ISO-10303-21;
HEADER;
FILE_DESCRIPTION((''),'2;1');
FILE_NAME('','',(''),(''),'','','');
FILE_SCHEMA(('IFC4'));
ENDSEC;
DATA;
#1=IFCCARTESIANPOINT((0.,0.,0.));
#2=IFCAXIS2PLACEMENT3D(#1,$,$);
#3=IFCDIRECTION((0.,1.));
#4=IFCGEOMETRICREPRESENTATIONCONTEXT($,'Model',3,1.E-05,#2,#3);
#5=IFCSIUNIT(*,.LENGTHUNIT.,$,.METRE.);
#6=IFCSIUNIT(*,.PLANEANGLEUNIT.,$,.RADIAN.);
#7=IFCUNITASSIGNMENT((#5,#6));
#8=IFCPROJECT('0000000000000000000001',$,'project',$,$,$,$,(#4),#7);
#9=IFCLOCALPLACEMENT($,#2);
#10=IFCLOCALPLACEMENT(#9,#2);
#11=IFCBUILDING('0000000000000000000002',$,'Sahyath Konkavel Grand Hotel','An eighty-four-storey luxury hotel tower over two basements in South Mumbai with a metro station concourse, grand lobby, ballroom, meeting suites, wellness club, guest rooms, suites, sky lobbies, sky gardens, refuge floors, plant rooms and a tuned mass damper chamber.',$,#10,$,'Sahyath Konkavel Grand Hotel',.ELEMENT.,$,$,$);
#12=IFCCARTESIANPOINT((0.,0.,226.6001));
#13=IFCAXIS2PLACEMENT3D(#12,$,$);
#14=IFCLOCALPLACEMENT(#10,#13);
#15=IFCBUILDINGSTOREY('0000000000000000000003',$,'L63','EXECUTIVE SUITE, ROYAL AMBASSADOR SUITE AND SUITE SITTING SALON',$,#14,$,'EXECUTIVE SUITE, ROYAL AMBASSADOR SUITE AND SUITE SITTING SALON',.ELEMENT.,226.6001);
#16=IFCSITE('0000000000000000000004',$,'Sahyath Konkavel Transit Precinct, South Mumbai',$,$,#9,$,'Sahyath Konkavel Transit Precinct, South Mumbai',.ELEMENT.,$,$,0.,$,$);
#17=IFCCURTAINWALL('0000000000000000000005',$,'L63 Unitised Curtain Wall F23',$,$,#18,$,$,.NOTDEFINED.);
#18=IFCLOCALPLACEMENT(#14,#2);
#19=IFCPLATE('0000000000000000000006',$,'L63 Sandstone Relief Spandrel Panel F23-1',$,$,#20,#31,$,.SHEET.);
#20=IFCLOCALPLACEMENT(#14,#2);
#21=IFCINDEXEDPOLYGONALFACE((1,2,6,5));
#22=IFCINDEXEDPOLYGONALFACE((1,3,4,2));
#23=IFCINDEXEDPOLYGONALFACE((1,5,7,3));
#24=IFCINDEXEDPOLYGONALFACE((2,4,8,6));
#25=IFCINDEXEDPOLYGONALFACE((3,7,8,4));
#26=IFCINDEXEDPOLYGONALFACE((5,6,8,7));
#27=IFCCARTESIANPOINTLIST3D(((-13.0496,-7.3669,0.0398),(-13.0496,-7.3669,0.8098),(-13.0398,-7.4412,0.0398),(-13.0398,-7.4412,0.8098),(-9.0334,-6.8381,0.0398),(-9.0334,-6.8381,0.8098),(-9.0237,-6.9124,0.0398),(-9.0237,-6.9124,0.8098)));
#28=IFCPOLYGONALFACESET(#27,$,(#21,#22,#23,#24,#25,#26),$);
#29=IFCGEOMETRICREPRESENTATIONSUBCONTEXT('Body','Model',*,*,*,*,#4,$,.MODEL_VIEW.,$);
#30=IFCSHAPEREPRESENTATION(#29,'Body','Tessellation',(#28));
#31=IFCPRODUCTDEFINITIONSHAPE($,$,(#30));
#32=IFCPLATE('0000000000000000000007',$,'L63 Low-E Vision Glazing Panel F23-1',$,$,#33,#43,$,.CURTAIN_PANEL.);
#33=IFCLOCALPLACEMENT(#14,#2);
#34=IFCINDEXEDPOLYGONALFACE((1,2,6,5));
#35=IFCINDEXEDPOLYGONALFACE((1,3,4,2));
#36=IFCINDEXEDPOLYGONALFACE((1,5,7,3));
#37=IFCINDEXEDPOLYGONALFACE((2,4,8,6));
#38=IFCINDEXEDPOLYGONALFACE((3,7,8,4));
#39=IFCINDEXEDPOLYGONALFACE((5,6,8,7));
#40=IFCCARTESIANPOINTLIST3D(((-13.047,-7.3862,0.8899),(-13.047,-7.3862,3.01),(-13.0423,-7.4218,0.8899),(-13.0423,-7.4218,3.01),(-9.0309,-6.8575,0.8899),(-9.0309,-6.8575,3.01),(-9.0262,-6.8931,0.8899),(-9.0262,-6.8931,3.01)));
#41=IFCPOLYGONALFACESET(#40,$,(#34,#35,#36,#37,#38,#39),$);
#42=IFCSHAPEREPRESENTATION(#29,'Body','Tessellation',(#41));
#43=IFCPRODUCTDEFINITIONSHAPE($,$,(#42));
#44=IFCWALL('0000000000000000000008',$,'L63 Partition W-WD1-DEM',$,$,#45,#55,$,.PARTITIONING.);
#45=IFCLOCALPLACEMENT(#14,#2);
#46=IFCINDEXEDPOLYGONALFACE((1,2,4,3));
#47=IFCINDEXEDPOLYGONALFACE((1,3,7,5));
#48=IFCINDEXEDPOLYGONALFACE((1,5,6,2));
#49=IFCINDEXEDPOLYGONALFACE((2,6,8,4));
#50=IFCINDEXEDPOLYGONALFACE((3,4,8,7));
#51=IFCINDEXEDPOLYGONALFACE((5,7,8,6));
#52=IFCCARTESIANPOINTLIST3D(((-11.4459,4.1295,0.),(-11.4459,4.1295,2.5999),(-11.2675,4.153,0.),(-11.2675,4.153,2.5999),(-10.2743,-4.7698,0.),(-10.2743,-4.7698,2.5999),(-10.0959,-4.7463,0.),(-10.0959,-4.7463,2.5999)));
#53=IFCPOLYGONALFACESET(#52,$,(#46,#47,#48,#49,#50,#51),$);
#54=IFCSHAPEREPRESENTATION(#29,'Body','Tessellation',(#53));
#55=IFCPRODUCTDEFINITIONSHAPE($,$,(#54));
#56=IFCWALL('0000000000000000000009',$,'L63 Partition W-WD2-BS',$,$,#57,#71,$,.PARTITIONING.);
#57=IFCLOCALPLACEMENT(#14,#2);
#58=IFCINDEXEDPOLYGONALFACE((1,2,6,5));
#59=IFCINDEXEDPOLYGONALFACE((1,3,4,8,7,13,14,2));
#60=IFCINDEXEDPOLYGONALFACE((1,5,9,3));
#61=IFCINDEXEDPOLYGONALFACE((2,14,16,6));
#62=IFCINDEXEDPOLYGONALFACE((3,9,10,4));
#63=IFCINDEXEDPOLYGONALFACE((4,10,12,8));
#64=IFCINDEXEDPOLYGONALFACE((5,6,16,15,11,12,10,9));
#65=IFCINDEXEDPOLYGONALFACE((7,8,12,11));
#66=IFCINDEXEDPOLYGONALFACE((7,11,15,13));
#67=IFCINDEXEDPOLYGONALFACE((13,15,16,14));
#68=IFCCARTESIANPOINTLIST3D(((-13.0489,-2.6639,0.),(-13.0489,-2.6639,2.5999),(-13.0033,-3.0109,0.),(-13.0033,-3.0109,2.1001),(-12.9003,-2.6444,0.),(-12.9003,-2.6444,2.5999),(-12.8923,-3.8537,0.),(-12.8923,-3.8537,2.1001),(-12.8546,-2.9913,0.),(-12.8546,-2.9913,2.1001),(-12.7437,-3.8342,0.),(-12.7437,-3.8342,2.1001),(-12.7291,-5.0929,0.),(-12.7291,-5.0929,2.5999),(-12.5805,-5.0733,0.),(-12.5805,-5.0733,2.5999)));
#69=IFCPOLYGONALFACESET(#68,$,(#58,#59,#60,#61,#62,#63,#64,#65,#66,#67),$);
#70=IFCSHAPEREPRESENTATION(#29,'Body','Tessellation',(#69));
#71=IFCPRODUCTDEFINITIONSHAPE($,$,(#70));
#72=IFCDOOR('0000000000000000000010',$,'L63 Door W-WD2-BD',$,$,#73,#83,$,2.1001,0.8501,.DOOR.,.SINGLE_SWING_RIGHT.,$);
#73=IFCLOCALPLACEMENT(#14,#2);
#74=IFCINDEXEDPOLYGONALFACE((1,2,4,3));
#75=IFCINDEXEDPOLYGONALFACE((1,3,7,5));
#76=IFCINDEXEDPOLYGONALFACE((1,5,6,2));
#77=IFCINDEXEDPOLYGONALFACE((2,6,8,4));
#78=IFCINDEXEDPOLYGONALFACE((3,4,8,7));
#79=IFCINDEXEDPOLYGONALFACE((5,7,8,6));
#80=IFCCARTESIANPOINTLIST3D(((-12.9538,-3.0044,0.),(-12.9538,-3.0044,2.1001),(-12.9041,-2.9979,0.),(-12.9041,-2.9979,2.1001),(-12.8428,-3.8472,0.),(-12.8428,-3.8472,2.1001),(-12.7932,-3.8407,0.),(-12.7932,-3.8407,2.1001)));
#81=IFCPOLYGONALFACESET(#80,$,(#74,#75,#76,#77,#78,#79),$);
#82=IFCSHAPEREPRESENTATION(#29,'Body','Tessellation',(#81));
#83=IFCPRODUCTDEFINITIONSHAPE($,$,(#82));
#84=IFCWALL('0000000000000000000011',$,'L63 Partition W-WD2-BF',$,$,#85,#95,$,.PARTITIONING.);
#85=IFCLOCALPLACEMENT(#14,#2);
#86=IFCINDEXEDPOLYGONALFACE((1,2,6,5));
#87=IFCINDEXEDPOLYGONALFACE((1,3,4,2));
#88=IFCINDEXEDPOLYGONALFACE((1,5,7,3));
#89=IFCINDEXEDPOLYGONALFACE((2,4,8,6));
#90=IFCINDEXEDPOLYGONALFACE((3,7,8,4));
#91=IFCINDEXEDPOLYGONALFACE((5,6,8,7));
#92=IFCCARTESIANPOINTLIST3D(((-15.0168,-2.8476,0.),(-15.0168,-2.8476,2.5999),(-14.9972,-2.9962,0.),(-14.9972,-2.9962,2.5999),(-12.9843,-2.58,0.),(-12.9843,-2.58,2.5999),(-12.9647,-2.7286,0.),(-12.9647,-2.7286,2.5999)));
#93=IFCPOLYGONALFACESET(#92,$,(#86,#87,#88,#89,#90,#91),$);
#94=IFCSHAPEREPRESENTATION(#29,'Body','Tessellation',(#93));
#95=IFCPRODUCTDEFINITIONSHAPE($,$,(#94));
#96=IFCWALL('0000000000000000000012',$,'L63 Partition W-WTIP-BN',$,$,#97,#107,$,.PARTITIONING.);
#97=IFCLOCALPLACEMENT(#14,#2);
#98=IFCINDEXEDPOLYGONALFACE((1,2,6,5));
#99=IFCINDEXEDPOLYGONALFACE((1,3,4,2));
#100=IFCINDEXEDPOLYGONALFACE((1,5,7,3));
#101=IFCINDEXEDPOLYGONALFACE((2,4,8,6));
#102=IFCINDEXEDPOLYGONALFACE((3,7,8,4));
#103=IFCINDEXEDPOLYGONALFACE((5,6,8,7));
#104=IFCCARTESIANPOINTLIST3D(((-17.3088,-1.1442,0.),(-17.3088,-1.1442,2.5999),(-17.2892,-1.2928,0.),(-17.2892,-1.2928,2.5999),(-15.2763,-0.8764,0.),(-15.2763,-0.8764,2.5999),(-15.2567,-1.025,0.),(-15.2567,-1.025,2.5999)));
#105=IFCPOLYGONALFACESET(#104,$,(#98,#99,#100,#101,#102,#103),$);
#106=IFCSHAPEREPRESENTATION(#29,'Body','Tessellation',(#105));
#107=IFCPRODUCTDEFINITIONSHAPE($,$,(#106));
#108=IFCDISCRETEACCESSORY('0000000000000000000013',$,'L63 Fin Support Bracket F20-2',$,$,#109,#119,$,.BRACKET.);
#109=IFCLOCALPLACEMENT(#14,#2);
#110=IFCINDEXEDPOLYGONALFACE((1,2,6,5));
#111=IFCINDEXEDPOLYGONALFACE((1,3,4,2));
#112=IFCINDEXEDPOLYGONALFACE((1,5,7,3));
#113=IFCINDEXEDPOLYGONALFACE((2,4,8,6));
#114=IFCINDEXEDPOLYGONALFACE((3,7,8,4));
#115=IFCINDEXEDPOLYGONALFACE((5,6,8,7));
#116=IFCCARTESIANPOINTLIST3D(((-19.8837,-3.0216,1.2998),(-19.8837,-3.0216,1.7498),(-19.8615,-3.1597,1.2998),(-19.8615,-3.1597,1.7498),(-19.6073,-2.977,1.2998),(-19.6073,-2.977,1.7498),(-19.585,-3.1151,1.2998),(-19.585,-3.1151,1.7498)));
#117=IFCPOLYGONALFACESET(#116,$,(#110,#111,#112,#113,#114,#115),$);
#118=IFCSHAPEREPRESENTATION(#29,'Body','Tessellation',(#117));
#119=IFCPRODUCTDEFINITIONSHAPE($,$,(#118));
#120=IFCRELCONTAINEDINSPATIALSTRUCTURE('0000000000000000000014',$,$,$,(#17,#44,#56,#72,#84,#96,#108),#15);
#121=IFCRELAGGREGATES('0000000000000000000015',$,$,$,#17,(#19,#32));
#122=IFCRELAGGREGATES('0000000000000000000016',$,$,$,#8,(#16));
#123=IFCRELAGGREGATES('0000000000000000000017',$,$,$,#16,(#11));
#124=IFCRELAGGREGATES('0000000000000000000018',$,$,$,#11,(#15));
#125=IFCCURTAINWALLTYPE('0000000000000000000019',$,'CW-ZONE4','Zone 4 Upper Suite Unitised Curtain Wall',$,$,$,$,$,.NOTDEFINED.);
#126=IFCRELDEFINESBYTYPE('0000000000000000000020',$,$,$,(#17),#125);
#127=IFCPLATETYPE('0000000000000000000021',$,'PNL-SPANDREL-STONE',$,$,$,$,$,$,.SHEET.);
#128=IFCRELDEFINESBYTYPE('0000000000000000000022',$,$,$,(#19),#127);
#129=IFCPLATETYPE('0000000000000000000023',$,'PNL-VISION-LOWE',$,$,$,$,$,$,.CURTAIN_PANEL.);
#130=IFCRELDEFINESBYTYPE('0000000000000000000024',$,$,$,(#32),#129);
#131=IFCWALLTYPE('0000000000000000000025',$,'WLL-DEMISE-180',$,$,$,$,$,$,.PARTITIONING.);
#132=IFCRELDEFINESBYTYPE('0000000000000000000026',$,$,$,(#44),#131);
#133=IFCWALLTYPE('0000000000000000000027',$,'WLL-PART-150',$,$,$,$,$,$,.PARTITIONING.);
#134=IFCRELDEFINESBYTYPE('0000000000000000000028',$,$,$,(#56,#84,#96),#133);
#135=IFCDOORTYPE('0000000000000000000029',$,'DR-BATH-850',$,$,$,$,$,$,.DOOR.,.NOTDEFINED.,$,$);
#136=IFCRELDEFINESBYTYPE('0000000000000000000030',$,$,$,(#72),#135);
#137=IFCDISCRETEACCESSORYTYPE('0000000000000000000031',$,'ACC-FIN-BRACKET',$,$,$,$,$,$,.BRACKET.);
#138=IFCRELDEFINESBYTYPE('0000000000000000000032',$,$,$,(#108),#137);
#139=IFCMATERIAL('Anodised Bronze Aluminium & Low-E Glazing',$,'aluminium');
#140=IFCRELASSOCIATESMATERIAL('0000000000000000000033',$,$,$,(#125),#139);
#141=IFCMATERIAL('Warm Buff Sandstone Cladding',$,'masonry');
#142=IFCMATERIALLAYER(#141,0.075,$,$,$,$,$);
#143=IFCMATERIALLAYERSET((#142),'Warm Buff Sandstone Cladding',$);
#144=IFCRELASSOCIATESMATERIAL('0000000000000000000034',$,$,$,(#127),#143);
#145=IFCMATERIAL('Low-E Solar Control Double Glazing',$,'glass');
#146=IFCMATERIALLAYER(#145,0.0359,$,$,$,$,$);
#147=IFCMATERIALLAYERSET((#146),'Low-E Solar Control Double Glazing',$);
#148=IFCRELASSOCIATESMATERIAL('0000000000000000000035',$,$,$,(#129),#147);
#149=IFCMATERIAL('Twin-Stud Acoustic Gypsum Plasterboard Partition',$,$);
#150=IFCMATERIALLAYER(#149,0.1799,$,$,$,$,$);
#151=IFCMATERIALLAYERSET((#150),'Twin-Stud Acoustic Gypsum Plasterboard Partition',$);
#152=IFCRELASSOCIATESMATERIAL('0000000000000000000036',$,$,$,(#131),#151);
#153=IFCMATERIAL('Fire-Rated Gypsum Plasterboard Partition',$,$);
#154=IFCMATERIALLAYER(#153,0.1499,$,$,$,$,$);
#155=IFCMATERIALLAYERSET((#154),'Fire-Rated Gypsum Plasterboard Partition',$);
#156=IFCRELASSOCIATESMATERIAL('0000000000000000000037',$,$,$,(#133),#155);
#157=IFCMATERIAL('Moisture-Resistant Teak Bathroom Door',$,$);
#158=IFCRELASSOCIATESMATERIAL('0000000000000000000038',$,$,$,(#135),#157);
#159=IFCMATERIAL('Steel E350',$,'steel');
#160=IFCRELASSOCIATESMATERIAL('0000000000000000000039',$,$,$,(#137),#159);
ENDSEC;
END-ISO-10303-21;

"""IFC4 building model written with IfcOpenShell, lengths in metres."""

from ifc_helpers import new_model, si_unit, direction, frame, frame_2d, origin, origin_2d, place, context, subcontext, project, spatial, rectangle, extrude, source, transform, mapped, material, layer, layer_set, type_object, element, fill, aggregate, save


model = new_model("IFC4")

# Units and contexts
model_context = context("Model", 3, precision=1e-05, world=origin(), true_north=direction((0.0, 1.0)))
body_context = subcontext(model_context, "Body", "Model", "MODEL_VIEW")
ifc_project = project(units=[si_unit("LENGTHUNIT", "METRE"), si_unit("PLANEANGLEUNIT", "RADIAN")], contexts=[model_context])

# Site, building, storey
site_placement = place(None, origin())
site = spatial("IfcSite", under=ifc_project, at=site_placement, Name="Sahyath Konkavel Transit Precinct, South Mumbai", LongName="Sahyath Konkavel Transit Precinct, South Mumbai", CompositionType="ELEMENT", RefElevation=0.0)
building_placement = place(site_placement, origin())
building = spatial("IfcBuilding", under=site, at=building_placement, Name="Sahyath Konkavel Grand Hotel", Description="An eighty-four-storey luxury hotel tower over two basements in South Mumbai with a metro station concourse, grand lobby, ballroom, meeting suites, wellness club, guest rooms, suites, sky lobbies, sky gardens, refuge floors, plant rooms and a tuned mass damper chamber.", LongName="Sahyath Konkavel Grand Hotel", CompositionType="ELEMENT")
storey_placement = place(building_placement, frame((0.0, 0.0, 226.6001)))
storey = spatial("IfcBuildingStorey", under=building, at=storey_placement, Name="L63", Description="EXECUTIVE SUITE, ROYAL AMBASSADOR SUITE AND SUITE SITTING SALON", LongName="EXECUTIVE SUITE, ROYAL AMBASSADOR SUITE AND SUITE SITTING SALON", CompositionType="ELEMENT", Elevation=226.6001)

# Shared definitions
ifc_material_1 = material(Name="Steel E350", Category="steel")

# Shared definitions
ifc_material_2 = material(Name="Anodised Bronze Aluminium & Low-E Glazing", Category="aluminium")
curtain_wall_type = type_object("IfcCurtainWallType", Name="CW-ZONE4", Description="Zone 4 Upper Suite Unitised Curtain Wall", PredefinedType="NOTDEFINED", material=ifc_material_2)

# Curtain wall
curtain_wall_1_placement = place(storey_placement, origin())
curtain_wall_1 = element("IfcCurtainWall", 1, at=curtain_wall_1_placement, inside=storey, type_object=curtain_wall_type, Name="L63 Unitised Curtain Wall F23", PredefinedType="NOTDEFINED")

# Plates
ifc_material_3 = material(Name="Warm Buff Sandstone Cladding", Category="masonry")
ifc_layer_1 = layer(ifc_material_3, 0.075)
ifc_layer_set_1 = layer_set([ifc_layer_1], Name="Warm Buff Sandstone Cladding")
plate_type_1 = type_object("IfcPlateType", Name="PNL-SPANDREL-STONE", PredefinedType="SHEET", material=ifc_layer_set_1)
ifc_material_4 = material(Name="Low-E Solar Control Double Glazing", Category="glass")
ifc_layer_2 = layer(ifc_material_4, 0.0359)
ifc_layer_set_2 = layer_set([ifc_layer_2], Name="Low-E Solar Control Double Glazing")
plate_type_2 = type_object("IfcPlateType", Name="PNL-VISION-LOWE", PredefinedType="CURTAIN_PANEL", material=ifc_layer_set_2)
shared_shape_1 = source(origin(), body_context, "Body", "SweptSolid", [
    extrude(rectangle(XDim=4.0508, YDim=0.075, at=origin_2d()), origin(), (0.0, 0.0, 1.0), 0.77),
])
plate_1_placement = place(storey_placement, frame((-11.0366, -7.1396, 0.0398), z_axis=(0.0, 0.0, 1.0), x_axis=(0.991445, 0.130526, 0.0)))
plate_1 = element("IfcPlate", 2, at=plate_1_placement, type_object=plate_type_1, Name="L63 Sandstone Relief Spandrel Panel F23-1", PredefinedType="SHEET", context=body_context, shape_type="MappedRepresentation", body=[
    mapped(shared_shape_1, transform((0.0, 0.0, 0.0), scale=1.0)),
])
shared_shape_2 = source(origin(), body_context, "Body", "SweptSolid", [
    extrude(rectangle(XDim=4.0508, YDim=0.0359, at=origin_2d()), origin(), (0.0, 0.0, 1.0), 2.1201),
])
plate_2_placement = place(storey_placement, frame((-11.0366, -7.1396, 0.8899), z_axis=(0.0, 0.0, 1.0), x_axis=(0.991445, 0.130526, 0.0)))
plate_2 = element("IfcPlate", 3, at=plate_2_placement, type_object=plate_type_2, Name="L63 Low-E Vision Glazing Panel F23-1", PredefinedType="CURTAIN_PANEL", context=body_context, shape_type="MappedRepresentation", body=[
    mapped(shared_shape_2, transform((0.0, 0.0, 0.0), scale=1.0)),
])
aggregate(curtain_wall_1, [plate_1, plate_2])

# Wall
ifc_material_5 = material(Name="Twin-Stud Acoustic Gypsum Plasterboard Partition")
ifc_layer_3 = layer(ifc_material_5, 0.1799)
ifc_layer_set_3 = layer_set([ifc_layer_3], Name="Twin-Stud Acoustic Gypsum Plasterboard Partition")
wall_type_1 = type_object("IfcWallType", Name="WLL-DEMISE-180", PredefinedType="PARTITIONING", material=ifc_layer_set_3)
wall_1_placement = place(storey_placement, frame((-10.1851, -4.7581, 0.0), z_axis=(0.0, 0.0, 1.0), x_axis=(-0.13053, 0.991444, 0.0)))
element("IfcWall", 4, at=wall_1_placement, inside=storey, type_object=wall_type_1, Name="L63 Partition W-WD1-DEM", PredefinedType="PARTITIONING", context=body_context, shape_type="SweptSolid", body=[
    extrude(rectangle(XDim=8.9761, YDim=0.1799, at=frame_2d((4.488, 0.0))), origin(), (0.0, 0.0, 1.0), 2.5999),
])

# Wall, opening, door
ifc_material_6 = material(Name="Fire-Rated Gypsum Plasterboard Partition")
ifc_layer_4 = layer(ifc_material_6, 0.1499)
ifc_layer_set_4 = layer_set([ifc_layer_4], Name="Fire-Rated Gypsum Plasterboard Partition")
wall_type_2 = type_object("IfcWallType", Name="WLL-PART-150", PredefinedType="PARTITIONING", material=ifc_layer_set_4)
wall_2_placement = place(storey_placement, frame((-12.6548, -5.0833, 0.0), z_axis=(0.0, 0.0, 1.0), x_axis=(-0.130545, 0.991442, 0.0)))
wall_2 = element("IfcWall", 5, at=wall_2_placement, inside=storey, type_object=wall_type_2, Name="L63 Partition W-WD2-BS", PredefinedType="PARTITIONING", context=body_context, shape_type="SweptSolid", body=[
    extrude(rectangle(XDim=2.45, YDim=0.1499, at=frame_2d((1.2251, 0.0))), origin(), (0.0, 0.0, 1.0), 2.5999),
])
opening_placement = place(wall_2_placement, frame((1.25, 0.0, 0.0)))
opening = element("IfcOpeningElement", 6, at=opening_placement, cuts=wall_2, PredefinedType="OPENING", context=body_context, shape_type="SweptSolid", body=[
    extrude(rectangle(XDim=0.8501, YDim=2.1001, at=frame_2d((0.425, 1.05))), frame((0.0, 0.085, 0.0), z_axis=(0.0, -1.0, 0.0), x_axis=(1.0, 0.0, 0.0)), (0.0, 0.0, 1.0), 0.1699),
])
ifc_material_7 = material(Name="Moisture-Resistant Teak Bathroom Door")
door_type = type_object("IfcDoorType", Name="DR-BATH-850", OperationType="NOTDEFINED", PredefinedType="DOOR", material=ifc_material_7)
shared_shape_3 = source(origin(), body_context, "Body", "SweptSolid", [
    extrude(rectangle(XDim=0.8501, YDim=0.05, at=origin_2d()), origin(), (0.0, 0.0, 1.0), 2.1001),
])
door_placement = place(opening_placement, frame((0.425, 0.0, 0.0)))
door = element("IfcDoor", 7, at=door_placement, inside=storey, type_object=door_type, Name="L63 Door W-WD2-BD", OperationType="SINGLE_SWING_RIGHT", OverallHeight=2.1001, OverallWidth=0.8501, PredefinedType="DOOR", context=body_context, shape_type="MappedRepresentation", body=[
    mapped(shared_shape_3, transform((0.0, 0.0, 0.0), scale=1.0)),
])
fill(opening, door)

# Walls
for number, where, z_axis, x_axis, name in (
    (8, (-12.9746, -2.6543, 0.0), (0.0, 0.0, 1.0), (-0.991445, -0.130525, 0.0), "L63 Partition W-WD2-BF"),
    (9, (-15.2666, -0.9507, 0.0), (0.0, 0.0, 1.0), (-0.99143, -0.130642, 0.0), "L63 Partition W-WTIP-BN"),
):
    element("IfcWall", number, at=place(storey_placement, frame(where, z_axis=z_axis, x_axis=x_axis)), inside=storey, type_object=wall_type_2, Name=name, PredefinedType="PARTITIONING", context=body_context, shape_type="SweptSolid", body=[
        extrude(rectangle(XDim=2.05, YDim=0.1499, at=frame_2d((1.0249, 0.0))), origin(), (0.0, 0.0, 1.0), 2.5999),
    ])

# Discrete accessory
discrete_accessory_type = type_object("IfcDiscreteAccessoryType", Name="ACC-FIN-BRACKET", PredefinedType="BRACKET", material=ifc_material_1)
shared_shape_4 = source(origin(), body_context, "Body", "SweptSolid", [
    extrude(rectangle(XDim=0.28, YDim=0.1399, at=origin_2d()), origin(), (0.0, 0.0, 1.0), 0.45),
])
discrete_accessory_placement = place(storey_placement, frame((-19.7344, -3.0684, 1.2998), z_axis=(0.0, 0.0, 1.0), x_axis=(-0.98722, -0.159364, 0.0)))
element("IfcDiscreteAccessory", 10, at=discrete_accessory_placement, inside=storey, type_object=discrete_accessory_type, Name="L63 Fin Support Bracket F20-2", PredefinedType="BRACKET", context=body_context, shape_type="MappedRepresentation", body=[
    mapped(shared_shape_4, transform((0.0, 0.0, 0.0), scale=1.0)),
])

save(model, "model.ifc")
